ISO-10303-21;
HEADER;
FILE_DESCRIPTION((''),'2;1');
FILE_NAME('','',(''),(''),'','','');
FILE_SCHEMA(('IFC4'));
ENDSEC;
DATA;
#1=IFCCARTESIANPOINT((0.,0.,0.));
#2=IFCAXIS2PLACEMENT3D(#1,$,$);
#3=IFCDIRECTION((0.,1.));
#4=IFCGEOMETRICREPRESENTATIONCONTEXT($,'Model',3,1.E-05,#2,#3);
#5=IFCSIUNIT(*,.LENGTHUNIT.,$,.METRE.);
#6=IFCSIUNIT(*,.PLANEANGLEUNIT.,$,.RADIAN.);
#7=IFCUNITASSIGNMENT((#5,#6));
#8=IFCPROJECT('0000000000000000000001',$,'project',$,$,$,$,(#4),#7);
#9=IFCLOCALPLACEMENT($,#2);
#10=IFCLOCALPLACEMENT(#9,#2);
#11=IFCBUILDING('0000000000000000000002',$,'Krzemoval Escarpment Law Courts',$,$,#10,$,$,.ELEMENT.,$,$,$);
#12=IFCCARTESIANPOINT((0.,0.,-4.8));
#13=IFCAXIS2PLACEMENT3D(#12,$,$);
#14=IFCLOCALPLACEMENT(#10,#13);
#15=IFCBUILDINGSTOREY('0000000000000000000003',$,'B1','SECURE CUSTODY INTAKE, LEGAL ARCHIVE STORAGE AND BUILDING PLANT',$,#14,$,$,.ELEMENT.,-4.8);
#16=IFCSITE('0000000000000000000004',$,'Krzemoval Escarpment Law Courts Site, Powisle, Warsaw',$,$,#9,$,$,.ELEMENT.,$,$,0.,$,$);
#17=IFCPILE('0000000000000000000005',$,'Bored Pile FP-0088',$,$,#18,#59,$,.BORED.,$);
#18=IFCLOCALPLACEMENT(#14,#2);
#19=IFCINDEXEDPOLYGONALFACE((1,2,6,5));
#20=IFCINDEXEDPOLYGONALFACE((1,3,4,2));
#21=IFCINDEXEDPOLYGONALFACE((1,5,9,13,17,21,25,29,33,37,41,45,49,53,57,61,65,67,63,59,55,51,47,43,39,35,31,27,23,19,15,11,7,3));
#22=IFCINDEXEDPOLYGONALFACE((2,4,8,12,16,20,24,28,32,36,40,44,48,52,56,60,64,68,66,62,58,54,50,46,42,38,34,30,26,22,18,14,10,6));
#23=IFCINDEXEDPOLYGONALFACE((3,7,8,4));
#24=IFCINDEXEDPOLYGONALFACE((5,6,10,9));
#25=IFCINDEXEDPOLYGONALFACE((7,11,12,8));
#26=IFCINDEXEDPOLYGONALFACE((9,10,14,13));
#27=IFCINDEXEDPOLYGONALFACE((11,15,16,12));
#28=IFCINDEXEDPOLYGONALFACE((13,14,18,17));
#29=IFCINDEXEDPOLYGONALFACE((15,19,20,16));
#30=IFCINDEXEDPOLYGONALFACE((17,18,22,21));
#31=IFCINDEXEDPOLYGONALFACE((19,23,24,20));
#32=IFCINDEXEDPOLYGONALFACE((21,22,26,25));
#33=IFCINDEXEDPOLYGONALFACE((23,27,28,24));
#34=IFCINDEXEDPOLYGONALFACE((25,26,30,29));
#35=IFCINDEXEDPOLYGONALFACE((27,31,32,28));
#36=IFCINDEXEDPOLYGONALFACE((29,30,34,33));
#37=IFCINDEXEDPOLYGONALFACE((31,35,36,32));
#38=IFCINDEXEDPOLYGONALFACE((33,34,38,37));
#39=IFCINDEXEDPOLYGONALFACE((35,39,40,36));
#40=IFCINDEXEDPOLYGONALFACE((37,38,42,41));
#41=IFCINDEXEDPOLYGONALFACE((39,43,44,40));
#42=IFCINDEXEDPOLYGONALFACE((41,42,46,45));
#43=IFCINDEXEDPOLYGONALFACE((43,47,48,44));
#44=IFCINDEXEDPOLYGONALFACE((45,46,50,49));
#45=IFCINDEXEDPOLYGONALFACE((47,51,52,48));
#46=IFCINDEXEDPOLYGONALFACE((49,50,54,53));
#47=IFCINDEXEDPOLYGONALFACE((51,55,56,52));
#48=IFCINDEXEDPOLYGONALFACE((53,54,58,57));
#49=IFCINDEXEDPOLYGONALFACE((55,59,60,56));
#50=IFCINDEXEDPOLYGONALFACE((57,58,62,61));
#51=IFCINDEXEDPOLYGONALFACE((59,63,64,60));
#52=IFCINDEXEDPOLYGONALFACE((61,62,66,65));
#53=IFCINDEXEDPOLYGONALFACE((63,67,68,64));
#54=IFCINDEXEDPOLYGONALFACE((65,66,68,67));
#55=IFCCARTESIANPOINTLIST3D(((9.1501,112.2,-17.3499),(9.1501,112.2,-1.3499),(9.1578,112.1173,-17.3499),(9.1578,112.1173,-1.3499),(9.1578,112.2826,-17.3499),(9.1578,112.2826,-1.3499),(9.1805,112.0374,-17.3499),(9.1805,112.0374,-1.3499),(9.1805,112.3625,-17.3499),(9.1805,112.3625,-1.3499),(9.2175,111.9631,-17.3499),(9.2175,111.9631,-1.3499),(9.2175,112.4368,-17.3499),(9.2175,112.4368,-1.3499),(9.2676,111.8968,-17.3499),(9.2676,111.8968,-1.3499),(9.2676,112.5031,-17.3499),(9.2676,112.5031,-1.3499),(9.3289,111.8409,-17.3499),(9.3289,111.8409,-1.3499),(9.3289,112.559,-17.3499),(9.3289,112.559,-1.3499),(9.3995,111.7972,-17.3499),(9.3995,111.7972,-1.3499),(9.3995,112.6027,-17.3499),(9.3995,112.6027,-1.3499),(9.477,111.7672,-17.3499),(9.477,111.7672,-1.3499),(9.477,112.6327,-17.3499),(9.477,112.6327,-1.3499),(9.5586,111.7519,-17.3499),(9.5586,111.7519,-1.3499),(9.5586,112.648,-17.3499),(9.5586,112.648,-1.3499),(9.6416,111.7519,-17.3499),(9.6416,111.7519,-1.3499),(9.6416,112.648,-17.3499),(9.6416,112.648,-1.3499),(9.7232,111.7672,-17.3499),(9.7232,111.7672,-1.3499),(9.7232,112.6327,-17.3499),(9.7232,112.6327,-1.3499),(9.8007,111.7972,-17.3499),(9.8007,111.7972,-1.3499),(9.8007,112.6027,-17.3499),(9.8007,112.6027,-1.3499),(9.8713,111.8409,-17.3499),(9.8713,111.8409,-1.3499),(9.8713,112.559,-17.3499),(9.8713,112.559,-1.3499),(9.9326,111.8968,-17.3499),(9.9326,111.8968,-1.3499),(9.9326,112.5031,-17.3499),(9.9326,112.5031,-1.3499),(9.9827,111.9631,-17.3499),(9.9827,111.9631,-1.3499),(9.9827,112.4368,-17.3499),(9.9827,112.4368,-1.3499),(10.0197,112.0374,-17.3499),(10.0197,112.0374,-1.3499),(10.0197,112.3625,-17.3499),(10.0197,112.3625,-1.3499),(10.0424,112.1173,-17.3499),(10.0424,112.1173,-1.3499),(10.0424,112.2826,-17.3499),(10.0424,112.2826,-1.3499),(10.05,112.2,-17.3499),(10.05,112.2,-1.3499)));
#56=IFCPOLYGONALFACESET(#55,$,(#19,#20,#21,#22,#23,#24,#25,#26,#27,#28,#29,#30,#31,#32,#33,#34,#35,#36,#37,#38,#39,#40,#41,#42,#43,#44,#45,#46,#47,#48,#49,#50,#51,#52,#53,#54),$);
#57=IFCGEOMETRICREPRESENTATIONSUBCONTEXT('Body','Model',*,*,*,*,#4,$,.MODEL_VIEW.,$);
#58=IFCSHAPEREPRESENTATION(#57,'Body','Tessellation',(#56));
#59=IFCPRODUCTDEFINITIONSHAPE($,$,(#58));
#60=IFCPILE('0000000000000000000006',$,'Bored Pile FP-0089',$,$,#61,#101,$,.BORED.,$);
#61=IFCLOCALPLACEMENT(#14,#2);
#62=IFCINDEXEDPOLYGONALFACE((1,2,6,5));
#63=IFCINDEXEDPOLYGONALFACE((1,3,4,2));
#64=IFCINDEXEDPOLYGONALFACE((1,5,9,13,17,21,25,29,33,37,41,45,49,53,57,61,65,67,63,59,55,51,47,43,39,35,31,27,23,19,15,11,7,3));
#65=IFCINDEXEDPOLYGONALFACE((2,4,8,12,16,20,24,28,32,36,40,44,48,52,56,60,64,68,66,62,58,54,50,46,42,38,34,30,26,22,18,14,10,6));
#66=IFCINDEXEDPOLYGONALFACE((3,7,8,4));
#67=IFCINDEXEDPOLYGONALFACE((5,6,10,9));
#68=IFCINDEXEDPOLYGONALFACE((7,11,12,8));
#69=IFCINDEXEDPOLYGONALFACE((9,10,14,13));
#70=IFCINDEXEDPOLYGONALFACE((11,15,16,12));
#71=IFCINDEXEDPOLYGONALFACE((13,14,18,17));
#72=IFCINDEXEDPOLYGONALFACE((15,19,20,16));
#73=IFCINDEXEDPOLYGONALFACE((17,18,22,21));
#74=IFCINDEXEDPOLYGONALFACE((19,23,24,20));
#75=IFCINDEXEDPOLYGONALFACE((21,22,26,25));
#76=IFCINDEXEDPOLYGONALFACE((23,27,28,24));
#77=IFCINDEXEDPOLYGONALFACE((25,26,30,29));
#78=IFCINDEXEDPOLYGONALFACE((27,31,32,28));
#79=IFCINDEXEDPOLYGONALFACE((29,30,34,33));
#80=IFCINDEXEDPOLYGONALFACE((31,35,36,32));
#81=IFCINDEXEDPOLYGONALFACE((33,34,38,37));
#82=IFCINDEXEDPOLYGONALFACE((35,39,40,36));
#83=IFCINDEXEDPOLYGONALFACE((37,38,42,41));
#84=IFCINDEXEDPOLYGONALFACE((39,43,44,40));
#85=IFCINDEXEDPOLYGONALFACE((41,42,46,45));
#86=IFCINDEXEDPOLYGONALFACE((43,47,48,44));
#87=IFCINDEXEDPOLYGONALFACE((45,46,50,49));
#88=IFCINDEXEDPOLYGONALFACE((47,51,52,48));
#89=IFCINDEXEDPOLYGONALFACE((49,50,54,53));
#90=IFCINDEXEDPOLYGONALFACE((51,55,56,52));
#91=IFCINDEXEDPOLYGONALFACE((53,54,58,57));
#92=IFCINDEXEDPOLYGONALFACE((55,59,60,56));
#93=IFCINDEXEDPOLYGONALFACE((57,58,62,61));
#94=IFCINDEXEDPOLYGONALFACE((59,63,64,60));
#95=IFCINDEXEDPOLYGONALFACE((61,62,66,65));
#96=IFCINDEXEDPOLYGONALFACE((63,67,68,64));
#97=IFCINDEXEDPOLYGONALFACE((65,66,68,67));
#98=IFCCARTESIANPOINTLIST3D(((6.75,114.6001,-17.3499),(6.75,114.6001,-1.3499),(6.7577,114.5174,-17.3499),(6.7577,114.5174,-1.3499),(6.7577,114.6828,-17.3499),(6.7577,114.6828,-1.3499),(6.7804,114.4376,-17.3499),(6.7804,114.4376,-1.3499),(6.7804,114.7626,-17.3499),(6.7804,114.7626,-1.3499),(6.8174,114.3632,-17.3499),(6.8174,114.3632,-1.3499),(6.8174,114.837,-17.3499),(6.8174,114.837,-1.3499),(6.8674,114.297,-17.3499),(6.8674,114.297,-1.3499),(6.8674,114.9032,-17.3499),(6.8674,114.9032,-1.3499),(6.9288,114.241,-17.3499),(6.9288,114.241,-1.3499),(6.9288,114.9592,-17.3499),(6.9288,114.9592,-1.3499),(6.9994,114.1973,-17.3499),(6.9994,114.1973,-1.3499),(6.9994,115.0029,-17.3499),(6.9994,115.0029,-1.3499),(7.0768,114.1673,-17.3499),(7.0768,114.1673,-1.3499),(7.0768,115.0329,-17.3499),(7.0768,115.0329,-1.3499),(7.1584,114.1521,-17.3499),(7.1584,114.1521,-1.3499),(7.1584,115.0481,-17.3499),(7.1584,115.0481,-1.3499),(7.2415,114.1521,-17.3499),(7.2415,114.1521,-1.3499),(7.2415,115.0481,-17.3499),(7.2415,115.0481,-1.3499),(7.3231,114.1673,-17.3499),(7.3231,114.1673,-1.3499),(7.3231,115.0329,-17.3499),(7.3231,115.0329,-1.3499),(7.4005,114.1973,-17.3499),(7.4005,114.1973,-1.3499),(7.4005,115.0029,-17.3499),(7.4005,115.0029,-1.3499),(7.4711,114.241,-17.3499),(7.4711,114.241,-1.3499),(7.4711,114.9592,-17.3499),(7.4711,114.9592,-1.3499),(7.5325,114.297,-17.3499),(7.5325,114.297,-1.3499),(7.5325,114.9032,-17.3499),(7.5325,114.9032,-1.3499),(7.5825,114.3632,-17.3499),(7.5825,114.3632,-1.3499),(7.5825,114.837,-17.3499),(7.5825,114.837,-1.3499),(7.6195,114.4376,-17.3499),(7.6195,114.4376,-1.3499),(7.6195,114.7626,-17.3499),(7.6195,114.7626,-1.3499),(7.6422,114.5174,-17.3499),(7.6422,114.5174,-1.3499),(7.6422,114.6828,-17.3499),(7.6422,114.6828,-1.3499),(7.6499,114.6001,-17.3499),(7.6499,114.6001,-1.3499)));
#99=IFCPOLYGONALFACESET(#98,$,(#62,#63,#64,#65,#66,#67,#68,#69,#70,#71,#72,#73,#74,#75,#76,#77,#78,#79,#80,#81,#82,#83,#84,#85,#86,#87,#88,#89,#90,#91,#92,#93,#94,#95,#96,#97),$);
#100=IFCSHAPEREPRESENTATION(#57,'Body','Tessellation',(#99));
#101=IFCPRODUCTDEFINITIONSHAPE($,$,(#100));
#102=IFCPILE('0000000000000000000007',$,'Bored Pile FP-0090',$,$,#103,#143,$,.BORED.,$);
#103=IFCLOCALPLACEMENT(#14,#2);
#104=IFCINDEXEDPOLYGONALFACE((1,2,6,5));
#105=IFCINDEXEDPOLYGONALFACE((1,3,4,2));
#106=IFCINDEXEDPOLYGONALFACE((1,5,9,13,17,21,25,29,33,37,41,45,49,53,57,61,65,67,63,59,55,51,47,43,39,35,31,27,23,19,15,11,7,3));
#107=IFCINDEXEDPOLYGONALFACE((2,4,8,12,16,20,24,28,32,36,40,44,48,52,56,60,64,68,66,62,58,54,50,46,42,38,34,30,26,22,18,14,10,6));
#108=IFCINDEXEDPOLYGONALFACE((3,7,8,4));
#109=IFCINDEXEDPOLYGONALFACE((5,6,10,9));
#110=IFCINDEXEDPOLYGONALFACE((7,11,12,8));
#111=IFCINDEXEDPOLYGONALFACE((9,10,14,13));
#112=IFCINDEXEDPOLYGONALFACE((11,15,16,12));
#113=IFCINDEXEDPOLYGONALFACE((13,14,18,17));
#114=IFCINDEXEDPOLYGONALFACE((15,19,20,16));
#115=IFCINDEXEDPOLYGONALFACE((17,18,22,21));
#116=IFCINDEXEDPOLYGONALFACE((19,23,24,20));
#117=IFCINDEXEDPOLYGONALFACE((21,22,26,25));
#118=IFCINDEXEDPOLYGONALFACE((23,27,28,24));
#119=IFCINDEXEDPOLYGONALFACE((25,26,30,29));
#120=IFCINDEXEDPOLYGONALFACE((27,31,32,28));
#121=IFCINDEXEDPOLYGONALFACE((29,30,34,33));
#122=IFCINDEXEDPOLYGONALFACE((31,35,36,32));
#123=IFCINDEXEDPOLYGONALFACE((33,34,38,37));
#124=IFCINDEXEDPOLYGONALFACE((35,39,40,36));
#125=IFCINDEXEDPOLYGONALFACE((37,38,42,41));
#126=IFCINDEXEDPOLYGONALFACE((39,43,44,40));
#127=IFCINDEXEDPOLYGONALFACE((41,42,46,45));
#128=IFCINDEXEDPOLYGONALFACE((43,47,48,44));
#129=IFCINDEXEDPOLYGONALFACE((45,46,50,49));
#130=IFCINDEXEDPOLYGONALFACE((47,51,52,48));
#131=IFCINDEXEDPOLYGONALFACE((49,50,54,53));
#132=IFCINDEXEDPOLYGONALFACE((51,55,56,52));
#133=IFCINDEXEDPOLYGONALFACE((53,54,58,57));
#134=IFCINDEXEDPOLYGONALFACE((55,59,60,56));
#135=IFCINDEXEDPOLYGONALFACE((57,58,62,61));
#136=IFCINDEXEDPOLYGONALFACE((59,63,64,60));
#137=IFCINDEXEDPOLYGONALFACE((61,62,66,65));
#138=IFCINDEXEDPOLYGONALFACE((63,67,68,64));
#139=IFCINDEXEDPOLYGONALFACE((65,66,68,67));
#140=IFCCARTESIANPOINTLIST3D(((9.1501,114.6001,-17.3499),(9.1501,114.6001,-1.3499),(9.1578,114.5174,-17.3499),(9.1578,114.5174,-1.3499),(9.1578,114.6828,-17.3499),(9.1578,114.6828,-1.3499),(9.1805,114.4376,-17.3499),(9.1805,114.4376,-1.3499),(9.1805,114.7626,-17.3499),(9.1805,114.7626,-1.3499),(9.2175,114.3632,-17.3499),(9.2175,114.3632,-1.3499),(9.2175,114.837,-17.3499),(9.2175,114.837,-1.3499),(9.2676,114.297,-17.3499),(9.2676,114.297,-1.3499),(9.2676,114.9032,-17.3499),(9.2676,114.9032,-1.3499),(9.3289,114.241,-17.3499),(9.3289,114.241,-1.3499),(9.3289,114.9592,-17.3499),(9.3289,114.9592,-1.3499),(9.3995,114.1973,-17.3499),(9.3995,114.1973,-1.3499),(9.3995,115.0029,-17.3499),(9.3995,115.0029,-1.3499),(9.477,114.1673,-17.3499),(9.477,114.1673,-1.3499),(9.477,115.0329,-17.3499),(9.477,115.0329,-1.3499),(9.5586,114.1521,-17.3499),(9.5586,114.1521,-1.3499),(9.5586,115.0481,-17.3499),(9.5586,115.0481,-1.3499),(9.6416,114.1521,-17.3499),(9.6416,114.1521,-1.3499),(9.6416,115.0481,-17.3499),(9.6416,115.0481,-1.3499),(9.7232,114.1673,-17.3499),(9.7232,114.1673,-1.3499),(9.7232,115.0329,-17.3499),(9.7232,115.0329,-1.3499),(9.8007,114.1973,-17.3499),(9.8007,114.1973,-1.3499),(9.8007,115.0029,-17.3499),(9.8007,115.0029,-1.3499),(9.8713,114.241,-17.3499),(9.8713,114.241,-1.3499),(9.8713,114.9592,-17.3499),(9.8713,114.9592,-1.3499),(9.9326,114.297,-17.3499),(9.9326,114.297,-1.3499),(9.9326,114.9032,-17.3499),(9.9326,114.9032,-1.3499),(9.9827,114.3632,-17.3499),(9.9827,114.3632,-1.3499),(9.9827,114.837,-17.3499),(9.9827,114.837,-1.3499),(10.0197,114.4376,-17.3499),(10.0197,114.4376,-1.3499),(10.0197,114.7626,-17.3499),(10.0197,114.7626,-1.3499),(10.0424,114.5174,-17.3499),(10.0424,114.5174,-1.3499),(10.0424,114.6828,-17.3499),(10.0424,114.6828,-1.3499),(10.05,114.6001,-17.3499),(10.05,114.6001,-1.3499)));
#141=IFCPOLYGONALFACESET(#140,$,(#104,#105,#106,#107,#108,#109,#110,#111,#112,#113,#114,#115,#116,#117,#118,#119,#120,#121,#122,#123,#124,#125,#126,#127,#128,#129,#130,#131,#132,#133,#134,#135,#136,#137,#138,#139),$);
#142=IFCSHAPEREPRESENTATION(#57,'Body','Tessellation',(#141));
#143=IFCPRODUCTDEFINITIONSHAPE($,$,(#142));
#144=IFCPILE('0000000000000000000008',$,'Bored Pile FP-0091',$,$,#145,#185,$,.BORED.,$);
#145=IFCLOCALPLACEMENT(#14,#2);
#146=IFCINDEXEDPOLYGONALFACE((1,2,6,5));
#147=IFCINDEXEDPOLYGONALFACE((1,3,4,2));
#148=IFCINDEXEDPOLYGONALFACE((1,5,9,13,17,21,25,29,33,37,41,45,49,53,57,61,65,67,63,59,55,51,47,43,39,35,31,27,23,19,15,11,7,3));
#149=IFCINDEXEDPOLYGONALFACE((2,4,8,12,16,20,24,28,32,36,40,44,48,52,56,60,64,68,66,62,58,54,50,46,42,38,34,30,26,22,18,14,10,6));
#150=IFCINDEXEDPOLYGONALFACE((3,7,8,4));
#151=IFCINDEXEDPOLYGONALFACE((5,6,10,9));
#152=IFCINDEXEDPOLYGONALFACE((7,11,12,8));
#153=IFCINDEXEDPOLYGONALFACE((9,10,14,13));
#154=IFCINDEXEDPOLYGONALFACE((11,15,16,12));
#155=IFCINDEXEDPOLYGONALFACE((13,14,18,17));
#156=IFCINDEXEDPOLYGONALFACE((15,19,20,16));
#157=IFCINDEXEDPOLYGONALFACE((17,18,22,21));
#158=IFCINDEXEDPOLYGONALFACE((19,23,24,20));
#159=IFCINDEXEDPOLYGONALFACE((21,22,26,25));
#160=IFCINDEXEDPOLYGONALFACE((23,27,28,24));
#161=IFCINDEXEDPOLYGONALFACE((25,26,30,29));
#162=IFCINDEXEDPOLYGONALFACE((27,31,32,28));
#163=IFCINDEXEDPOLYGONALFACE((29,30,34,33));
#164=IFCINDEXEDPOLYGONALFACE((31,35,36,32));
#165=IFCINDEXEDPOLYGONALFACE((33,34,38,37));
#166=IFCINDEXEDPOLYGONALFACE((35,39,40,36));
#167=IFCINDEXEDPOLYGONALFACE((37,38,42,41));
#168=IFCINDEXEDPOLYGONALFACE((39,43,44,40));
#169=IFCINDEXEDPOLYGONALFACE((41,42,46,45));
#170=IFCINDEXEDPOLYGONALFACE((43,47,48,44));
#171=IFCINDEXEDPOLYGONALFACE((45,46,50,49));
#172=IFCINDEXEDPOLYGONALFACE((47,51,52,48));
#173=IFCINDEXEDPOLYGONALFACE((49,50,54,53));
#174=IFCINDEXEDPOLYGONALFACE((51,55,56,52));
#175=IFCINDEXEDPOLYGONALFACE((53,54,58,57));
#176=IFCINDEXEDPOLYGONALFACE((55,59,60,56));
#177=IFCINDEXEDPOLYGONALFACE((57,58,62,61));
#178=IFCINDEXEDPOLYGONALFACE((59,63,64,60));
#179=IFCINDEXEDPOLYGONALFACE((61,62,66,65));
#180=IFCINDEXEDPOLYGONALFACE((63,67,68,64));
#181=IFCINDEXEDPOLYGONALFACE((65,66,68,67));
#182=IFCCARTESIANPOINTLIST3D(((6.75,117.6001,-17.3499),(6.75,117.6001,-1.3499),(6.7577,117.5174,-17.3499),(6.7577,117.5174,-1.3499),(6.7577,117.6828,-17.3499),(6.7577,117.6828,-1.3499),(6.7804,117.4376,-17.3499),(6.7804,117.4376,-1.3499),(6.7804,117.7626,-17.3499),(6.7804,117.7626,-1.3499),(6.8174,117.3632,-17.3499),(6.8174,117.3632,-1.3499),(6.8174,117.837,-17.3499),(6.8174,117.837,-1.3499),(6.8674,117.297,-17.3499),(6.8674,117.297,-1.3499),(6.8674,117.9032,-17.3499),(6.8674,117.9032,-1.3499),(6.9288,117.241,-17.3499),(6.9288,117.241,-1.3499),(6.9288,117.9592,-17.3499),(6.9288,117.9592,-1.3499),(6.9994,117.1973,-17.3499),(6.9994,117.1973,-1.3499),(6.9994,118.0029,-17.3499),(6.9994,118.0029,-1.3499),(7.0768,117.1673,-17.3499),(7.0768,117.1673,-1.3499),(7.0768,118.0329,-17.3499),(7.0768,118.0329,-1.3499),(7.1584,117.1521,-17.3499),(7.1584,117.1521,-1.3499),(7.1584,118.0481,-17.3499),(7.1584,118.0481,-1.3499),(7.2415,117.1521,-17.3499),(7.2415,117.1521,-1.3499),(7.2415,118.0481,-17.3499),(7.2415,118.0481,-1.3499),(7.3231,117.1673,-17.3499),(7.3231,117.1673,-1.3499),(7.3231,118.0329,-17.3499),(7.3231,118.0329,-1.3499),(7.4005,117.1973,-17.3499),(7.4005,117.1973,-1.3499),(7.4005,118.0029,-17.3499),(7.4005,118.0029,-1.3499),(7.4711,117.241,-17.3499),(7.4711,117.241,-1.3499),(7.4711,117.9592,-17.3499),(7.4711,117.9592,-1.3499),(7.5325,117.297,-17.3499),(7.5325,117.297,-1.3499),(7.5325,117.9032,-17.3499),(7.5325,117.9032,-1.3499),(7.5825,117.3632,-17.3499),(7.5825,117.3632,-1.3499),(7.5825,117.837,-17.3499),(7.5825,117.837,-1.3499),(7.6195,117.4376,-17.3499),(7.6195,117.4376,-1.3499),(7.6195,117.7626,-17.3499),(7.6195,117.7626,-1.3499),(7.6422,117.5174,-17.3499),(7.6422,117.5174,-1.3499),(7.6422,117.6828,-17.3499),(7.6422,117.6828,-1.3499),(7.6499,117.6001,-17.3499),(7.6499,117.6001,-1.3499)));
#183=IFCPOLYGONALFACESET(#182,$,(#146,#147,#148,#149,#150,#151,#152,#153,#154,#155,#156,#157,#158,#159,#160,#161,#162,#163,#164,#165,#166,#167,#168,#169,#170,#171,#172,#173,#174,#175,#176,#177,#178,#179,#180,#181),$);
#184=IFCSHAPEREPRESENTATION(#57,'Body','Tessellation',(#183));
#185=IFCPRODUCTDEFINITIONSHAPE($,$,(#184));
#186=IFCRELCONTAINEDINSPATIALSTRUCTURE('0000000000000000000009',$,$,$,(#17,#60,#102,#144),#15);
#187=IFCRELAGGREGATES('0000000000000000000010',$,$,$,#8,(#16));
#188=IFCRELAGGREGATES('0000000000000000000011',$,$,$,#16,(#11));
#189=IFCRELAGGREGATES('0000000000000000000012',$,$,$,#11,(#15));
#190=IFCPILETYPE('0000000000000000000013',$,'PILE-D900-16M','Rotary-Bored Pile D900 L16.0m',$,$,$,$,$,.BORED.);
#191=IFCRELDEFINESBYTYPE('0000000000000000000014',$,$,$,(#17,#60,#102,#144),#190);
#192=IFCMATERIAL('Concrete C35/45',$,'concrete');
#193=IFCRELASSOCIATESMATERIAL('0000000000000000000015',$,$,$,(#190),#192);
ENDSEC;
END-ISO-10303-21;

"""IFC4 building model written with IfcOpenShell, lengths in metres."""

from ifc_helpers import new_model, si_unit, direction, frame, origin, origin_2d, place, context, subcontext, project, spatial, circle, extrude, material, material_profile, profile_set, type_object, element, save


model = new_model("IFC4")

# Units and contexts
model_context = context("Model", 3, precision=1e-05, world=origin(), true_north=direction((0.0, 1.0)))
body_context = subcontext(model_context, "Body", "Model", "MODEL_VIEW")
ifc_project = project(units=[si_unit("LENGTHUNIT", "METRE"), si_unit("PLANEANGLEUNIT", "RADIAN")], contexts=[model_context])

# Site, building, storey
site_placement = place(None, origin())
site = spatial("IfcSite", under=ifc_project, at=site_placement, Name="Krzemoval Escarpment Law Courts Site, Powisle, Warsaw", CompositionType="ELEMENT", RefElevation=0.0)
building_placement = place(site_placement, origin())
building = spatial("IfcBuilding", under=site, at=building_placement, Name="Krzemoval Escarpment Law Courts", CompositionType="ELEMENT")
storey_placement = place(building_placement, frame((0.0, 0.0, -4.8)))
storey = spatial("IfcBuildingStorey", under=building, at=storey_placement, Name="B1", Description="SECURE CUSTODY INTAKE, LEGAL ARCHIVE STORAGE AND BUILDING PLANT", CompositionType="ELEMENT", Elevation=-4.8)

# Piles
ifc_material_1 = material(Name="Concrete C35/45", Category="concrete")
ifc_material_profile_1 = material_profile(ifc_material_1, circle(Radius=0.45, at=origin_2d()), Name="PILE D900")
ifc_profile_set_1 = profile_set([ifc_material_profile_1], Name="Concrete C35/45")
pile_type = type_object("IfcPileType", Name="PILE-D900-16M", Description="Rotary-Bored Pile D900 L16.0m", PredefinedType="BORED", material=ifc_profile_set_1)
for number, where, z_axis, x_axis, name in (
    (1, (9.6001, 112.2, -1.3499), (0.0, 0.0, -1.0), (1.0, 0.0, 0.0), "Bored Pile FP-0088"),
    (2, (7.2, 114.6001, -1.3499), (0.0, 0.0, -1.0), (1.0, 0.0, 0.0), "Bored Pile FP-0089"),
    (3, (9.6001, 114.6001, -1.3499), (0.0, 0.0, -1.0), (1.0, 0.0, 0.0), "Bored Pile FP-0090"),
    (4, (7.2, 117.6001, -1.3499), (0.0, 0.0, -1.0), (1.0, 0.0, 0.0), "Bored Pile FP-0091"),
):
    element("IfcPile", number, at=place(storey_placement, frame(where, z_axis=z_axis, x_axis=x_axis)), inside=storey, type_object=pile_type, Name=name, PredefinedType="BORED", context=body_context, shape_type="SweptSolid", body=[
        extrude(circle(Radius=0.45, at=origin_2d()), origin(), (0.0, 0.0, 1.0), 16.0),
    ])

save(model, "model.ifc")
